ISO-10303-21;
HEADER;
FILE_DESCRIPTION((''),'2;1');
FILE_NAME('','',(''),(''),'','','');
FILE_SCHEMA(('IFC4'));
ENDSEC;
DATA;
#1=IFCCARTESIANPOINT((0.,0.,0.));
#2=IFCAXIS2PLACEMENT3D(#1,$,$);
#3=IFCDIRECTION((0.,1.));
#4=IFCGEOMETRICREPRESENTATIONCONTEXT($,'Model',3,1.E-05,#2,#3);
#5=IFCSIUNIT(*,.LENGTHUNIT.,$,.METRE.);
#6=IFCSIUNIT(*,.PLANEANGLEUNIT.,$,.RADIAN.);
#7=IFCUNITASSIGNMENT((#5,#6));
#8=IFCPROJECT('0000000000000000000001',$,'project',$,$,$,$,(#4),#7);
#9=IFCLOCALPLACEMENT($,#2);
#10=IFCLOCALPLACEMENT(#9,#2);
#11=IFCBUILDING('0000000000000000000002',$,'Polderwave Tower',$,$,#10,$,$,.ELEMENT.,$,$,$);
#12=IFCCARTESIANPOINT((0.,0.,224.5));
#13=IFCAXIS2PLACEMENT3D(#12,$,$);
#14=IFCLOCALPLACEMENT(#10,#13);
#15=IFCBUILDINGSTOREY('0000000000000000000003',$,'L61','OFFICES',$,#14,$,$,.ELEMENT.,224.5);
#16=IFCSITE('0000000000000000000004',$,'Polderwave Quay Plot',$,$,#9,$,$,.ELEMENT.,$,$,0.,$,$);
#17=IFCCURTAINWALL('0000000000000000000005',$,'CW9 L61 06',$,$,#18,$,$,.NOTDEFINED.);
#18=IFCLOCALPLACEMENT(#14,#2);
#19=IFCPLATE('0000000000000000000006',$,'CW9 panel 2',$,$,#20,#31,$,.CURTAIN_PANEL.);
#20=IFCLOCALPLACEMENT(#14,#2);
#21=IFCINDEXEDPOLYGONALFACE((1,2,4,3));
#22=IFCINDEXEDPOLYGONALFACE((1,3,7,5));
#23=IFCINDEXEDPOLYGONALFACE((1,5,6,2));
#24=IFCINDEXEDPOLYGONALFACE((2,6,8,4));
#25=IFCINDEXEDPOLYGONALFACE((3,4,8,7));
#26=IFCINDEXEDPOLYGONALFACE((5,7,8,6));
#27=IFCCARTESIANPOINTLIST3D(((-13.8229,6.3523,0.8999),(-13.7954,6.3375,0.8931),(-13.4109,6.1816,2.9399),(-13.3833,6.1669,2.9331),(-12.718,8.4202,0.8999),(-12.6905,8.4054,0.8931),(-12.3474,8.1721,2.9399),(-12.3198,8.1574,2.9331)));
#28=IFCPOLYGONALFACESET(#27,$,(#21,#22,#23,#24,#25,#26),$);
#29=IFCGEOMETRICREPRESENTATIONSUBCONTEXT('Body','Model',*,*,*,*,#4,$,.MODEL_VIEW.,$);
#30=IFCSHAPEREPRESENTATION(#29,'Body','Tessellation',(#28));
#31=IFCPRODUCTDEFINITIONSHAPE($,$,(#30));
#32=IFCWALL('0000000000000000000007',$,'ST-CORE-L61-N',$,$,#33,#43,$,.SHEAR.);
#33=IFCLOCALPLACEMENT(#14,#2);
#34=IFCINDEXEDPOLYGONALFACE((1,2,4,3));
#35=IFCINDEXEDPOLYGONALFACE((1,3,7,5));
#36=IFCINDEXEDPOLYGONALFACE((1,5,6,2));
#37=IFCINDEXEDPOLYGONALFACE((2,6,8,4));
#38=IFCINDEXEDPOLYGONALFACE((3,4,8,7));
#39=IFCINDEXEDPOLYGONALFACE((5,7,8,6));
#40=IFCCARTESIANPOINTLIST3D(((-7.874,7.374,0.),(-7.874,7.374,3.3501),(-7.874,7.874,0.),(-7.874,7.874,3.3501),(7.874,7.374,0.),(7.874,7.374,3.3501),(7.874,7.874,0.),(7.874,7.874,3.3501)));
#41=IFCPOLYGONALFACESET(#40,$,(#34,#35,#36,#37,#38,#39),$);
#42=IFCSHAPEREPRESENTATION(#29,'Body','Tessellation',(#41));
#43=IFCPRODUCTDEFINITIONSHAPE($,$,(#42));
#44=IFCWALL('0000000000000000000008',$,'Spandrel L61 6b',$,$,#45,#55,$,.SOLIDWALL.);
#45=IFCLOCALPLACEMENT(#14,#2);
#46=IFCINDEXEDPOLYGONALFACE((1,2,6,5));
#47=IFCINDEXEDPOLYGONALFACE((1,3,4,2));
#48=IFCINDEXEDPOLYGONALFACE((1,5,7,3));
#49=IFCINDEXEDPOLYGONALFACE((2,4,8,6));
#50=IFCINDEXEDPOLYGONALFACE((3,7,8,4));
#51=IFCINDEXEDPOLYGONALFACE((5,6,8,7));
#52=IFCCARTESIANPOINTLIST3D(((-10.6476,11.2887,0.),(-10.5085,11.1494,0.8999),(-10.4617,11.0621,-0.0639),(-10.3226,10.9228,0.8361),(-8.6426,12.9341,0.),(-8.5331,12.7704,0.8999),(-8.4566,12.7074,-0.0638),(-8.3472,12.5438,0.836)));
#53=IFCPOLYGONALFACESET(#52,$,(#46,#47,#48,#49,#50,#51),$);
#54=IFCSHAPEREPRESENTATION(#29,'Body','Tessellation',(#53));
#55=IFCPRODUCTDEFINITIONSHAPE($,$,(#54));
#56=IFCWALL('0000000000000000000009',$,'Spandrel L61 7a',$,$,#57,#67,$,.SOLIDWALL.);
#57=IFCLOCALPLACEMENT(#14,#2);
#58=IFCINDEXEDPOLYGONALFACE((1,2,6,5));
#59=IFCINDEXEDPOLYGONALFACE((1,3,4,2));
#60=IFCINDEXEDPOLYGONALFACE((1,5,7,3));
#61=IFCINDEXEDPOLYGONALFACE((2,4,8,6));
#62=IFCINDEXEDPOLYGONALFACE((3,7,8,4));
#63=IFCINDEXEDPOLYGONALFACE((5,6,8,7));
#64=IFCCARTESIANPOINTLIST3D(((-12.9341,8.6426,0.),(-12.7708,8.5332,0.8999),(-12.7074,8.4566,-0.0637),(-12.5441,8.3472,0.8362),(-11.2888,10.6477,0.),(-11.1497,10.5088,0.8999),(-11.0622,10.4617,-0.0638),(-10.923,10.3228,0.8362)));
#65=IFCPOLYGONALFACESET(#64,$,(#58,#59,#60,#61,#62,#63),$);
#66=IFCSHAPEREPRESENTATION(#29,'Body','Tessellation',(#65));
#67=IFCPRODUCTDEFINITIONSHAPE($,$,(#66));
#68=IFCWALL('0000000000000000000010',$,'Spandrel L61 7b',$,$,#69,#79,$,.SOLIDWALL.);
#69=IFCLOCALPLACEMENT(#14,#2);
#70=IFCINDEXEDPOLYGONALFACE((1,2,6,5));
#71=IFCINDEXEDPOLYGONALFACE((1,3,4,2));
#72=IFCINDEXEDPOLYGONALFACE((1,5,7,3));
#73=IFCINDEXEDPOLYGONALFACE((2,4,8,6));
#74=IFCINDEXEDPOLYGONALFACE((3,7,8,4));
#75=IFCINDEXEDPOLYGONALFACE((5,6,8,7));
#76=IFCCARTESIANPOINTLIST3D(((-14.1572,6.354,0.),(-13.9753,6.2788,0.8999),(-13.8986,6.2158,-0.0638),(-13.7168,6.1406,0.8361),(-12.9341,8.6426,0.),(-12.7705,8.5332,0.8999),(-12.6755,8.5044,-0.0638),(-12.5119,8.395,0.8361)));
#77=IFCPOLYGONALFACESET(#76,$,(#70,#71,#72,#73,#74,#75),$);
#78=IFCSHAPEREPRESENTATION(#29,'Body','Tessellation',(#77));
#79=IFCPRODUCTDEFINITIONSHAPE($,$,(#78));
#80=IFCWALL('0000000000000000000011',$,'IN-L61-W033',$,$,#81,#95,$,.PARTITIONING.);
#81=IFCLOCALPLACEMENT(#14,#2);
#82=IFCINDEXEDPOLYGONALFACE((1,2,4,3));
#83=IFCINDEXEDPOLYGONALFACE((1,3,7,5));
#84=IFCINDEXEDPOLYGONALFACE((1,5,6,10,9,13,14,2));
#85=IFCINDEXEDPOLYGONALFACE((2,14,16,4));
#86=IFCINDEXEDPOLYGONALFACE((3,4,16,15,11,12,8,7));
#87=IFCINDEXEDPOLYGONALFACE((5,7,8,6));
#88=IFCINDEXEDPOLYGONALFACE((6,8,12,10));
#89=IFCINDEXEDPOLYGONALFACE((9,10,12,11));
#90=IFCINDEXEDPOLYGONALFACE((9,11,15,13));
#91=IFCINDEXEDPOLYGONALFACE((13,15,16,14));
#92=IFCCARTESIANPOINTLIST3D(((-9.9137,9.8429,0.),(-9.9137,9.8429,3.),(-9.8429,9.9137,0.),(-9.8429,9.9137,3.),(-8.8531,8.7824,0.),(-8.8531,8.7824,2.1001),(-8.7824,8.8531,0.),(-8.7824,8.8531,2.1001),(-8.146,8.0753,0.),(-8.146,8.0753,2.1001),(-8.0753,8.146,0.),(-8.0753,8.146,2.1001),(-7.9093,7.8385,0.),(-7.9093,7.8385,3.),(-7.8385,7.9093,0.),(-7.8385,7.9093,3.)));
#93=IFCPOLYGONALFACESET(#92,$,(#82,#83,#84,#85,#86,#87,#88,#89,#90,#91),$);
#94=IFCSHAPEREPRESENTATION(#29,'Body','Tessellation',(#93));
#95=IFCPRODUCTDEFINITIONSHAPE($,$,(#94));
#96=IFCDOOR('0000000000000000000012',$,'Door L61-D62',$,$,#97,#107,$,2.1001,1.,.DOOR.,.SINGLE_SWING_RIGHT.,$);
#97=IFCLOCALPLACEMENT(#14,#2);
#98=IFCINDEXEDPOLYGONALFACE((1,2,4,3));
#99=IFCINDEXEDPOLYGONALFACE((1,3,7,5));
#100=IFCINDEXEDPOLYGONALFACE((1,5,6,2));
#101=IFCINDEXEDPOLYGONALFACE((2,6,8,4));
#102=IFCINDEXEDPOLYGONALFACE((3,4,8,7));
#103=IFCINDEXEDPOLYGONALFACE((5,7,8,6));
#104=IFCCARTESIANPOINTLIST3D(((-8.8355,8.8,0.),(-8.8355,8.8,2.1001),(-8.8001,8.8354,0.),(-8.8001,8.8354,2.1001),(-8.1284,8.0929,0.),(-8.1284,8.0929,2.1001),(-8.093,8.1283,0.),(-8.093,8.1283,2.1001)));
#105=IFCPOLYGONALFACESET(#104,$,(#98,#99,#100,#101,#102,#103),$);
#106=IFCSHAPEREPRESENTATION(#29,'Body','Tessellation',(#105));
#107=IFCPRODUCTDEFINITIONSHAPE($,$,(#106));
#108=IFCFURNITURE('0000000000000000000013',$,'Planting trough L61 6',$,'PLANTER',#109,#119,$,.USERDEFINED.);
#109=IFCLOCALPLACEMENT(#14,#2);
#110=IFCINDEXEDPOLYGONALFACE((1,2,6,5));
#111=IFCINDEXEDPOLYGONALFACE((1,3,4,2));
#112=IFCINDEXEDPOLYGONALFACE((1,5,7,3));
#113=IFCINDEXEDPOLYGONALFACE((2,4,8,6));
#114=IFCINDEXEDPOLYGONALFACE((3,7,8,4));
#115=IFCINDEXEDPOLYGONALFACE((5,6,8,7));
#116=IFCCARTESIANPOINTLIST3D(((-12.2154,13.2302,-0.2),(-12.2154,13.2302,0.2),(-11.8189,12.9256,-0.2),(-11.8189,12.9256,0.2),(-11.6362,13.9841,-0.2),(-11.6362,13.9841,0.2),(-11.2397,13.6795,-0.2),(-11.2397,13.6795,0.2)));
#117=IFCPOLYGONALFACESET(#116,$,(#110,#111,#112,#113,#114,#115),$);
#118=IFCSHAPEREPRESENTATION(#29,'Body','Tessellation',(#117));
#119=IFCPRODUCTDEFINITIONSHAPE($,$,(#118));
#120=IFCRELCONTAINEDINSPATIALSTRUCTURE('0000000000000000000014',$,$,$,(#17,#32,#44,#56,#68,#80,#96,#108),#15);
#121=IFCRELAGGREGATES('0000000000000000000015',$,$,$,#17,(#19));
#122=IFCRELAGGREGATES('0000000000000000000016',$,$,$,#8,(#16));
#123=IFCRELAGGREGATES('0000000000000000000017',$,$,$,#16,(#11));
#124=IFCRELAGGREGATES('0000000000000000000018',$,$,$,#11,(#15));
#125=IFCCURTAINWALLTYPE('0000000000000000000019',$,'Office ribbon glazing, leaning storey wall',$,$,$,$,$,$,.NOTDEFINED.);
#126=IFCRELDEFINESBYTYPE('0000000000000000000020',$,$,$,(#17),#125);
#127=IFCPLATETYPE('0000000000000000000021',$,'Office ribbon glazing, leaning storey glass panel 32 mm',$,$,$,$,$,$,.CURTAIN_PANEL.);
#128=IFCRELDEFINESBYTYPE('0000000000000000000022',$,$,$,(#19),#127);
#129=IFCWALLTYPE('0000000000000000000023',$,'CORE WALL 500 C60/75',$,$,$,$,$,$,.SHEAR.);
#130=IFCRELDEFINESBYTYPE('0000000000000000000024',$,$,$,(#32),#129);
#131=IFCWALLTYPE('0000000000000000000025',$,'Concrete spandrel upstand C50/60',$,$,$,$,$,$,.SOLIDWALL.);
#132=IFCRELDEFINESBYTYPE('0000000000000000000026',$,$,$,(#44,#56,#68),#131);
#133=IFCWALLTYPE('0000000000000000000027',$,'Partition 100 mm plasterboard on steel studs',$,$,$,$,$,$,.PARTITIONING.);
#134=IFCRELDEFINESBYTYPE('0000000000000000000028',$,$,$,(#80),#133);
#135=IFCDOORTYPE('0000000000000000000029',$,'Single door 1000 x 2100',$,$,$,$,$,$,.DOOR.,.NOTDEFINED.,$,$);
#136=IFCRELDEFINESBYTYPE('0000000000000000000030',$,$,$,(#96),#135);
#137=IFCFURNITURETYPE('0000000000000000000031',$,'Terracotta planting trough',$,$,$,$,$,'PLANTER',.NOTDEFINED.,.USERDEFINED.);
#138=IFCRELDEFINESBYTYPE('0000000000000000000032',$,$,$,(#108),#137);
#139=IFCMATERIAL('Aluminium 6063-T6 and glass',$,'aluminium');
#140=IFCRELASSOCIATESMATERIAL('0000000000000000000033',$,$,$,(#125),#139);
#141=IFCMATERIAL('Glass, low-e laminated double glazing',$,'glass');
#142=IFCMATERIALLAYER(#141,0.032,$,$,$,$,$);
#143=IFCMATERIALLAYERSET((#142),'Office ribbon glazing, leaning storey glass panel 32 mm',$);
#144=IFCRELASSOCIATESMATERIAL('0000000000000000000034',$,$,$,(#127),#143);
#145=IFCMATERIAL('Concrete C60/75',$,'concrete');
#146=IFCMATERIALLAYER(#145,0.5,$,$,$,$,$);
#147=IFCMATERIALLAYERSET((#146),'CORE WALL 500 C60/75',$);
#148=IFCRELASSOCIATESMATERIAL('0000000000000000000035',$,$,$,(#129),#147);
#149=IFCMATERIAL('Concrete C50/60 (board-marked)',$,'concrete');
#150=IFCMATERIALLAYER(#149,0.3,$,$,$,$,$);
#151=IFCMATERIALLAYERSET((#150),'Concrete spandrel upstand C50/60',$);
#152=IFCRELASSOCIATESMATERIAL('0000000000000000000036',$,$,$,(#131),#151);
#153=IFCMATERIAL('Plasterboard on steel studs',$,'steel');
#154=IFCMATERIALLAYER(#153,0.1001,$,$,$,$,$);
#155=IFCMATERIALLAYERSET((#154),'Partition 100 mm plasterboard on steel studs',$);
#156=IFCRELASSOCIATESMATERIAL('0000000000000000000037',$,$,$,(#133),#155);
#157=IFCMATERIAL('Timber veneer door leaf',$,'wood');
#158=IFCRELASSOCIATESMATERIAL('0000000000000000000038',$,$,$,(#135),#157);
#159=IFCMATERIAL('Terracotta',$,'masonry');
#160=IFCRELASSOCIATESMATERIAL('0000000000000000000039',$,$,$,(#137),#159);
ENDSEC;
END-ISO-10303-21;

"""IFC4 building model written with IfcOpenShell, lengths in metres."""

from ifc_helpers import new_model, si_unit, direction, frame, frame_2d, origin, origin_2d, place, context, subcontext, project, spatial, polyline, rectangle, outline, extrude, material, layer, layer_set, type_object, element, fill, aggregate, save


model = new_model("IFC4")

# Units and contexts
model_context = context("Model", 3, precision=1e-05, world=origin(), true_north=direction((0.0, 1.0)))
body_context = subcontext(model_context, "Body", "Model", "MODEL_VIEW")
ifc_project = project(units=[si_unit("LENGTHUNIT", "METRE"), si_unit("PLANEANGLEUNIT", "RADIAN")], contexts=[model_context])

# Site, building, storey
site_placement = place(None, origin())
site = spatial("IfcSite", under=ifc_project, at=site_placement, Name="Polderwave Quay Plot", CompositionType="ELEMENT", RefElevation=0.0)
building_placement = place(site_placement, origin())
building = spatial("IfcBuilding", under=site, at=building_placement, Name="Polderwave Tower", CompositionType="ELEMENT")
storey_placement = place(building_placement, frame((0.0, 0.0, 224.5)))
storey = spatial("IfcBuildingStorey", under=building, at=storey_placement, Name="L61", Description="OFFICES", CompositionType="ELEMENT", Elevation=224.5)

# Shared definitions
ifc_material_1 = material(Name="Concrete C60/75", Category="concrete")

# Curtain wall
ifc_material_2 = material(Name="Aluminium 6063-T6 and glass", Category="aluminium")
curtain_wall_type = type_object("IfcCurtainWallType", Name="Office ribbon glazing, leaning storey wall", PredefinedType="NOTDEFINED", material=ifc_material_2)
curtain_wall_1_placement = place(storey_placement, origin())
curtain_wall_1 = element("IfcCurtainWall", 1, at=curtain_wall_1_placement, inside=storey, type_object=curtain_wall_type, Name="CW9 L61 06", PredefinedType="NOTDEFINED")

# Plate
ifc_material_3 = material(Name="Glass, low-e laminated double glazing", Category="glass")
ifc_layer_1 = layer(ifc_material_3, 0.032)
ifc_layer_set_1 = layer_set([ifc_layer_1], Name="Office ribbon glazing, leaning storey glass panel 32 mm")
plate_type = type_object("IfcPlateType", Name="Office ribbon glazing, leaning storey glass panel 32 mm", PredefinedType="CURTAIN_PANEL", material=ifc_layer_set_1)
plate_1_placement = place(storey_placement, frame((-12.718, 8.4202, 0.8999), z_axis=(-0.861831, 0.460493, 0.212588), x_axis=(-0.471267, -0.881991, -0.000006)))
plate_1 = element("IfcPlate", 2, at=plate_1_placement, type_object=plate_type, Name="CW9 panel 2", PredefinedType="CURTAIN_PANEL", context=body_context, shape_type="SweptSolid", body=[
    extrude(outline(polyline([(0.0, 0.0), (2.3446, 0.0), (2.3009, 2.0878), (0.0441, 2.0877), (0.0, 0.0)])), origin(), (0.0, 0.0, -1.0), 0.032),
])
aggregate(curtain_wall_1, [plate_1])

# Walls
ifc_layer_2 = layer(ifc_material_1, 0.5)
ifc_layer_set_2 = layer_set([ifc_layer_2], Name="CORE WALL 500 C60/75")
wall_type_1 = type_object("IfcWallType", Name="CORE WALL 500 C60/75", PredefinedType="SHEAR", material=ifc_layer_set_2)
wall_1_placement = place(storey_placement, frame((-7.874, 7.624, 0.0), z_axis=(0.0, 0.0, 1.0), x_axis=(1.0, 0.0, 0.0)))
element("IfcWall", 3, at=wall_1_placement, inside=storey, type_object=wall_type_1, Name="ST-CORE-L61-N", PredefinedType="SHEAR", context=body_context, shape_type="SweptSolid", body=[
    extrude(rectangle(XDim=15.748, YDim=0.5, at=frame_2d((7.874, 0.0))), origin(), (0.0, 0.0, 1.0), 3.3501),
])
ifc_material_4 = material(Name="Concrete C50/60 (board-marked)", Category="concrete")
ifc_layer_3 = layer(ifc_material_4, 0.3)
ifc_layer_set_3 = layer_set([ifc_layer_3], Name="Concrete spandrel upstand C50/60")
wall_type_2 = type_object("IfcWallType", Name="Concrete spandrel upstand C50/60", PredefinedType="SOLIDWALL", material=ifc_layer_set_3)
wall_2_placement = place(storey_placement, frame((-8.6426, 12.9341, 0.0), z_axis=(-0.619833, 0.755345, 0.212747), x_axis=(-0.773043, -0.634354, -0.000008)))
element("IfcWall", 4, at=wall_2_placement, inside=storey, type_object=wall_type_2, Name="Spandrel L61 6b", PredefinedType="SOLIDWALL", context=body_context, shape_type="SweptSolid", body=[
    extrude(outline(polyline([(0.0, 0.0), (2.5937, 0.0), (2.5746, 0.921), (0.0192, 0.921), (0.0, 0.0)])), origin(), (0.0, 0.0, -1.0), 0.3),
])
wall_3_placement = place(storey_placement, frame((-11.2888, 10.6477, 0.0), z_axis=(-0.75541, 0.619848, 0.212471), x_axis=(-0.634332, -0.773061, 0.000002)))
element("IfcWall", 5, at=wall_3_placement, inside=storey, type_object=wall_type_2, Name="Spandrel L61 7a", PredefinedType="SOLIDWALL", context=body_context, shape_type="SweptSolid", body=[
    extrude(outline(polyline([(0.0, 0.0), (2.5937, 0.0), (2.5747, 0.9209), (0.0191, 0.9209), (0.0, 0.0)])), origin(), (0.0, 0.0, -1.0), 0.3),
])
wall_4_placement = place(storey_placement, frame((-12.9341, 8.6426, 0.0), z_axis=(-0.861774, 0.460573, 0.212643), x_axis=(-0.471353, -0.881944, -0.000002)))
element("IfcWall", 6, at=wall_4_placement, inside=storey, type_object=wall_type_2, Name="Spandrel L61 7b", PredefinedType="SOLIDWALL", context=body_context, shape_type="SweptSolid", body=[
    extrude(outline(polyline([(0.0, 0.0), (2.5949, 0.0), (2.5755, 0.921), (0.0194, 0.921), (0.0, 0.0)])), origin(), (0.0, 0.0, -1.0), 0.3),
])

# Wall, opening, door
ifc_material_5 = material(Name="Plasterboard on steel studs", Category="steel")
ifc_layer_4 = layer(ifc_material_5, 0.1001)
ifc_layer_set_4 = layer_set([ifc_layer_4], Name="Partition 100 mm plasterboard on steel studs")
wall_type_3 = type_object("IfcWallType", Name="Partition 100 mm plasterboard on steel studs", PredefinedType="PARTITIONING", material=ifc_layer_set_4)
wall_5_placement = place(storey_placement, frame((-9.8784, 9.8784, 0.0), z_axis=(0.0, 0.0, 1.0), x_axis=(0.707107, -0.707107, 0.0)))
wall_5 = element("IfcWall", 7, at=wall_5_placement, inside=storey, type_object=wall_type_3, Name="IN-L61-W033", PredefinedType="PARTITIONING", context=body_context, shape_type="SweptSolid", body=[
    extrude(rectangle(XDim=2.8347, YDim=0.1001, at=frame_2d((1.4175, 0.0))), origin(), (0.0, 0.0, 1.0), 3.0),
])
opening_placement = place(wall_5_placement, frame((1.5, 0.0, 0.0)))
opening = element("IfcOpeningElement", 8, at=opening_placement, cuts=wall_5, PredefinedType="OPENING", context=body_context, shape_type="SweptSolid", body=[
    extrude(rectangle(XDim=1.0, YDim=2.1001, at=frame_2d((0.5, 1.05))), frame((0.0, 0.0601, 0.0), z_axis=(0.0, -1.0, 0.0), x_axis=(1.0, 0.0, 0.0)), (0.0, 0.0, 1.0), 0.1201),
])
ifc_material_6 = material(Name="Timber veneer door leaf", Category="wood")
door_type = type_object("IfcDoorType", Name="Single door 1000 x 2100", OperationType="NOTDEFINED", PredefinedType="DOOR", material=ifc_material_6)
door_placement = place(opening_placement, origin())
door = element("IfcDoor", 9, at=door_placement, inside=storey, type_object=door_type, Name="Door L61-D62", OperationType="SINGLE_SWING_RIGHT", OverallHeight=2.1001, OverallWidth=1.0, PredefinedType="DOOR", context=body_context, shape_type="SweptSolid", body=[
    extrude(rectangle(XDim=1.0, YDim=2.1001, at=frame_2d((0.5, 1.05))), frame((0.0, 0.0249, 0.0), z_axis=(0.0, -1.0, 0.0), x_axis=(1.0, 0.0, 0.0)), (0.0, 0.0, 1.0), 0.05),
])
fill(opening, door)

# Furniture
ifc_material_7 = material(Name="Terracotta", Category="masonry")
furniture_type = type_object("IfcFurnitureType", Name="Terracotta planting trough", ElementType="PLANTER", AssemblyPlace="NOTDEFINED", PredefinedType="USERDEFINED", material=ifc_material_7)
furniture_placement = place(storey_placement, frame((-11.7275, 13.4548, -0.2), z_axis=(0.0, 0.0, 1.0), x_axis=(-0.609228, -0.792995, 0.0)))
element("IfcFurniture", 10, at=furniture_placement, inside=storey, type_object=furniture_type, Name="Planting trough L61 6", ObjectType="PLANTER", PredefinedType="USERDEFINED", context=body_context, shape_type="SweptSolid", body=[
    extrude(rectangle(XDim=0.9507, YDim=0.5, at=origin_2d()), origin(), (0.0, 0.0, 1.0), 0.3999),
])

save(model, "model.ifc")
